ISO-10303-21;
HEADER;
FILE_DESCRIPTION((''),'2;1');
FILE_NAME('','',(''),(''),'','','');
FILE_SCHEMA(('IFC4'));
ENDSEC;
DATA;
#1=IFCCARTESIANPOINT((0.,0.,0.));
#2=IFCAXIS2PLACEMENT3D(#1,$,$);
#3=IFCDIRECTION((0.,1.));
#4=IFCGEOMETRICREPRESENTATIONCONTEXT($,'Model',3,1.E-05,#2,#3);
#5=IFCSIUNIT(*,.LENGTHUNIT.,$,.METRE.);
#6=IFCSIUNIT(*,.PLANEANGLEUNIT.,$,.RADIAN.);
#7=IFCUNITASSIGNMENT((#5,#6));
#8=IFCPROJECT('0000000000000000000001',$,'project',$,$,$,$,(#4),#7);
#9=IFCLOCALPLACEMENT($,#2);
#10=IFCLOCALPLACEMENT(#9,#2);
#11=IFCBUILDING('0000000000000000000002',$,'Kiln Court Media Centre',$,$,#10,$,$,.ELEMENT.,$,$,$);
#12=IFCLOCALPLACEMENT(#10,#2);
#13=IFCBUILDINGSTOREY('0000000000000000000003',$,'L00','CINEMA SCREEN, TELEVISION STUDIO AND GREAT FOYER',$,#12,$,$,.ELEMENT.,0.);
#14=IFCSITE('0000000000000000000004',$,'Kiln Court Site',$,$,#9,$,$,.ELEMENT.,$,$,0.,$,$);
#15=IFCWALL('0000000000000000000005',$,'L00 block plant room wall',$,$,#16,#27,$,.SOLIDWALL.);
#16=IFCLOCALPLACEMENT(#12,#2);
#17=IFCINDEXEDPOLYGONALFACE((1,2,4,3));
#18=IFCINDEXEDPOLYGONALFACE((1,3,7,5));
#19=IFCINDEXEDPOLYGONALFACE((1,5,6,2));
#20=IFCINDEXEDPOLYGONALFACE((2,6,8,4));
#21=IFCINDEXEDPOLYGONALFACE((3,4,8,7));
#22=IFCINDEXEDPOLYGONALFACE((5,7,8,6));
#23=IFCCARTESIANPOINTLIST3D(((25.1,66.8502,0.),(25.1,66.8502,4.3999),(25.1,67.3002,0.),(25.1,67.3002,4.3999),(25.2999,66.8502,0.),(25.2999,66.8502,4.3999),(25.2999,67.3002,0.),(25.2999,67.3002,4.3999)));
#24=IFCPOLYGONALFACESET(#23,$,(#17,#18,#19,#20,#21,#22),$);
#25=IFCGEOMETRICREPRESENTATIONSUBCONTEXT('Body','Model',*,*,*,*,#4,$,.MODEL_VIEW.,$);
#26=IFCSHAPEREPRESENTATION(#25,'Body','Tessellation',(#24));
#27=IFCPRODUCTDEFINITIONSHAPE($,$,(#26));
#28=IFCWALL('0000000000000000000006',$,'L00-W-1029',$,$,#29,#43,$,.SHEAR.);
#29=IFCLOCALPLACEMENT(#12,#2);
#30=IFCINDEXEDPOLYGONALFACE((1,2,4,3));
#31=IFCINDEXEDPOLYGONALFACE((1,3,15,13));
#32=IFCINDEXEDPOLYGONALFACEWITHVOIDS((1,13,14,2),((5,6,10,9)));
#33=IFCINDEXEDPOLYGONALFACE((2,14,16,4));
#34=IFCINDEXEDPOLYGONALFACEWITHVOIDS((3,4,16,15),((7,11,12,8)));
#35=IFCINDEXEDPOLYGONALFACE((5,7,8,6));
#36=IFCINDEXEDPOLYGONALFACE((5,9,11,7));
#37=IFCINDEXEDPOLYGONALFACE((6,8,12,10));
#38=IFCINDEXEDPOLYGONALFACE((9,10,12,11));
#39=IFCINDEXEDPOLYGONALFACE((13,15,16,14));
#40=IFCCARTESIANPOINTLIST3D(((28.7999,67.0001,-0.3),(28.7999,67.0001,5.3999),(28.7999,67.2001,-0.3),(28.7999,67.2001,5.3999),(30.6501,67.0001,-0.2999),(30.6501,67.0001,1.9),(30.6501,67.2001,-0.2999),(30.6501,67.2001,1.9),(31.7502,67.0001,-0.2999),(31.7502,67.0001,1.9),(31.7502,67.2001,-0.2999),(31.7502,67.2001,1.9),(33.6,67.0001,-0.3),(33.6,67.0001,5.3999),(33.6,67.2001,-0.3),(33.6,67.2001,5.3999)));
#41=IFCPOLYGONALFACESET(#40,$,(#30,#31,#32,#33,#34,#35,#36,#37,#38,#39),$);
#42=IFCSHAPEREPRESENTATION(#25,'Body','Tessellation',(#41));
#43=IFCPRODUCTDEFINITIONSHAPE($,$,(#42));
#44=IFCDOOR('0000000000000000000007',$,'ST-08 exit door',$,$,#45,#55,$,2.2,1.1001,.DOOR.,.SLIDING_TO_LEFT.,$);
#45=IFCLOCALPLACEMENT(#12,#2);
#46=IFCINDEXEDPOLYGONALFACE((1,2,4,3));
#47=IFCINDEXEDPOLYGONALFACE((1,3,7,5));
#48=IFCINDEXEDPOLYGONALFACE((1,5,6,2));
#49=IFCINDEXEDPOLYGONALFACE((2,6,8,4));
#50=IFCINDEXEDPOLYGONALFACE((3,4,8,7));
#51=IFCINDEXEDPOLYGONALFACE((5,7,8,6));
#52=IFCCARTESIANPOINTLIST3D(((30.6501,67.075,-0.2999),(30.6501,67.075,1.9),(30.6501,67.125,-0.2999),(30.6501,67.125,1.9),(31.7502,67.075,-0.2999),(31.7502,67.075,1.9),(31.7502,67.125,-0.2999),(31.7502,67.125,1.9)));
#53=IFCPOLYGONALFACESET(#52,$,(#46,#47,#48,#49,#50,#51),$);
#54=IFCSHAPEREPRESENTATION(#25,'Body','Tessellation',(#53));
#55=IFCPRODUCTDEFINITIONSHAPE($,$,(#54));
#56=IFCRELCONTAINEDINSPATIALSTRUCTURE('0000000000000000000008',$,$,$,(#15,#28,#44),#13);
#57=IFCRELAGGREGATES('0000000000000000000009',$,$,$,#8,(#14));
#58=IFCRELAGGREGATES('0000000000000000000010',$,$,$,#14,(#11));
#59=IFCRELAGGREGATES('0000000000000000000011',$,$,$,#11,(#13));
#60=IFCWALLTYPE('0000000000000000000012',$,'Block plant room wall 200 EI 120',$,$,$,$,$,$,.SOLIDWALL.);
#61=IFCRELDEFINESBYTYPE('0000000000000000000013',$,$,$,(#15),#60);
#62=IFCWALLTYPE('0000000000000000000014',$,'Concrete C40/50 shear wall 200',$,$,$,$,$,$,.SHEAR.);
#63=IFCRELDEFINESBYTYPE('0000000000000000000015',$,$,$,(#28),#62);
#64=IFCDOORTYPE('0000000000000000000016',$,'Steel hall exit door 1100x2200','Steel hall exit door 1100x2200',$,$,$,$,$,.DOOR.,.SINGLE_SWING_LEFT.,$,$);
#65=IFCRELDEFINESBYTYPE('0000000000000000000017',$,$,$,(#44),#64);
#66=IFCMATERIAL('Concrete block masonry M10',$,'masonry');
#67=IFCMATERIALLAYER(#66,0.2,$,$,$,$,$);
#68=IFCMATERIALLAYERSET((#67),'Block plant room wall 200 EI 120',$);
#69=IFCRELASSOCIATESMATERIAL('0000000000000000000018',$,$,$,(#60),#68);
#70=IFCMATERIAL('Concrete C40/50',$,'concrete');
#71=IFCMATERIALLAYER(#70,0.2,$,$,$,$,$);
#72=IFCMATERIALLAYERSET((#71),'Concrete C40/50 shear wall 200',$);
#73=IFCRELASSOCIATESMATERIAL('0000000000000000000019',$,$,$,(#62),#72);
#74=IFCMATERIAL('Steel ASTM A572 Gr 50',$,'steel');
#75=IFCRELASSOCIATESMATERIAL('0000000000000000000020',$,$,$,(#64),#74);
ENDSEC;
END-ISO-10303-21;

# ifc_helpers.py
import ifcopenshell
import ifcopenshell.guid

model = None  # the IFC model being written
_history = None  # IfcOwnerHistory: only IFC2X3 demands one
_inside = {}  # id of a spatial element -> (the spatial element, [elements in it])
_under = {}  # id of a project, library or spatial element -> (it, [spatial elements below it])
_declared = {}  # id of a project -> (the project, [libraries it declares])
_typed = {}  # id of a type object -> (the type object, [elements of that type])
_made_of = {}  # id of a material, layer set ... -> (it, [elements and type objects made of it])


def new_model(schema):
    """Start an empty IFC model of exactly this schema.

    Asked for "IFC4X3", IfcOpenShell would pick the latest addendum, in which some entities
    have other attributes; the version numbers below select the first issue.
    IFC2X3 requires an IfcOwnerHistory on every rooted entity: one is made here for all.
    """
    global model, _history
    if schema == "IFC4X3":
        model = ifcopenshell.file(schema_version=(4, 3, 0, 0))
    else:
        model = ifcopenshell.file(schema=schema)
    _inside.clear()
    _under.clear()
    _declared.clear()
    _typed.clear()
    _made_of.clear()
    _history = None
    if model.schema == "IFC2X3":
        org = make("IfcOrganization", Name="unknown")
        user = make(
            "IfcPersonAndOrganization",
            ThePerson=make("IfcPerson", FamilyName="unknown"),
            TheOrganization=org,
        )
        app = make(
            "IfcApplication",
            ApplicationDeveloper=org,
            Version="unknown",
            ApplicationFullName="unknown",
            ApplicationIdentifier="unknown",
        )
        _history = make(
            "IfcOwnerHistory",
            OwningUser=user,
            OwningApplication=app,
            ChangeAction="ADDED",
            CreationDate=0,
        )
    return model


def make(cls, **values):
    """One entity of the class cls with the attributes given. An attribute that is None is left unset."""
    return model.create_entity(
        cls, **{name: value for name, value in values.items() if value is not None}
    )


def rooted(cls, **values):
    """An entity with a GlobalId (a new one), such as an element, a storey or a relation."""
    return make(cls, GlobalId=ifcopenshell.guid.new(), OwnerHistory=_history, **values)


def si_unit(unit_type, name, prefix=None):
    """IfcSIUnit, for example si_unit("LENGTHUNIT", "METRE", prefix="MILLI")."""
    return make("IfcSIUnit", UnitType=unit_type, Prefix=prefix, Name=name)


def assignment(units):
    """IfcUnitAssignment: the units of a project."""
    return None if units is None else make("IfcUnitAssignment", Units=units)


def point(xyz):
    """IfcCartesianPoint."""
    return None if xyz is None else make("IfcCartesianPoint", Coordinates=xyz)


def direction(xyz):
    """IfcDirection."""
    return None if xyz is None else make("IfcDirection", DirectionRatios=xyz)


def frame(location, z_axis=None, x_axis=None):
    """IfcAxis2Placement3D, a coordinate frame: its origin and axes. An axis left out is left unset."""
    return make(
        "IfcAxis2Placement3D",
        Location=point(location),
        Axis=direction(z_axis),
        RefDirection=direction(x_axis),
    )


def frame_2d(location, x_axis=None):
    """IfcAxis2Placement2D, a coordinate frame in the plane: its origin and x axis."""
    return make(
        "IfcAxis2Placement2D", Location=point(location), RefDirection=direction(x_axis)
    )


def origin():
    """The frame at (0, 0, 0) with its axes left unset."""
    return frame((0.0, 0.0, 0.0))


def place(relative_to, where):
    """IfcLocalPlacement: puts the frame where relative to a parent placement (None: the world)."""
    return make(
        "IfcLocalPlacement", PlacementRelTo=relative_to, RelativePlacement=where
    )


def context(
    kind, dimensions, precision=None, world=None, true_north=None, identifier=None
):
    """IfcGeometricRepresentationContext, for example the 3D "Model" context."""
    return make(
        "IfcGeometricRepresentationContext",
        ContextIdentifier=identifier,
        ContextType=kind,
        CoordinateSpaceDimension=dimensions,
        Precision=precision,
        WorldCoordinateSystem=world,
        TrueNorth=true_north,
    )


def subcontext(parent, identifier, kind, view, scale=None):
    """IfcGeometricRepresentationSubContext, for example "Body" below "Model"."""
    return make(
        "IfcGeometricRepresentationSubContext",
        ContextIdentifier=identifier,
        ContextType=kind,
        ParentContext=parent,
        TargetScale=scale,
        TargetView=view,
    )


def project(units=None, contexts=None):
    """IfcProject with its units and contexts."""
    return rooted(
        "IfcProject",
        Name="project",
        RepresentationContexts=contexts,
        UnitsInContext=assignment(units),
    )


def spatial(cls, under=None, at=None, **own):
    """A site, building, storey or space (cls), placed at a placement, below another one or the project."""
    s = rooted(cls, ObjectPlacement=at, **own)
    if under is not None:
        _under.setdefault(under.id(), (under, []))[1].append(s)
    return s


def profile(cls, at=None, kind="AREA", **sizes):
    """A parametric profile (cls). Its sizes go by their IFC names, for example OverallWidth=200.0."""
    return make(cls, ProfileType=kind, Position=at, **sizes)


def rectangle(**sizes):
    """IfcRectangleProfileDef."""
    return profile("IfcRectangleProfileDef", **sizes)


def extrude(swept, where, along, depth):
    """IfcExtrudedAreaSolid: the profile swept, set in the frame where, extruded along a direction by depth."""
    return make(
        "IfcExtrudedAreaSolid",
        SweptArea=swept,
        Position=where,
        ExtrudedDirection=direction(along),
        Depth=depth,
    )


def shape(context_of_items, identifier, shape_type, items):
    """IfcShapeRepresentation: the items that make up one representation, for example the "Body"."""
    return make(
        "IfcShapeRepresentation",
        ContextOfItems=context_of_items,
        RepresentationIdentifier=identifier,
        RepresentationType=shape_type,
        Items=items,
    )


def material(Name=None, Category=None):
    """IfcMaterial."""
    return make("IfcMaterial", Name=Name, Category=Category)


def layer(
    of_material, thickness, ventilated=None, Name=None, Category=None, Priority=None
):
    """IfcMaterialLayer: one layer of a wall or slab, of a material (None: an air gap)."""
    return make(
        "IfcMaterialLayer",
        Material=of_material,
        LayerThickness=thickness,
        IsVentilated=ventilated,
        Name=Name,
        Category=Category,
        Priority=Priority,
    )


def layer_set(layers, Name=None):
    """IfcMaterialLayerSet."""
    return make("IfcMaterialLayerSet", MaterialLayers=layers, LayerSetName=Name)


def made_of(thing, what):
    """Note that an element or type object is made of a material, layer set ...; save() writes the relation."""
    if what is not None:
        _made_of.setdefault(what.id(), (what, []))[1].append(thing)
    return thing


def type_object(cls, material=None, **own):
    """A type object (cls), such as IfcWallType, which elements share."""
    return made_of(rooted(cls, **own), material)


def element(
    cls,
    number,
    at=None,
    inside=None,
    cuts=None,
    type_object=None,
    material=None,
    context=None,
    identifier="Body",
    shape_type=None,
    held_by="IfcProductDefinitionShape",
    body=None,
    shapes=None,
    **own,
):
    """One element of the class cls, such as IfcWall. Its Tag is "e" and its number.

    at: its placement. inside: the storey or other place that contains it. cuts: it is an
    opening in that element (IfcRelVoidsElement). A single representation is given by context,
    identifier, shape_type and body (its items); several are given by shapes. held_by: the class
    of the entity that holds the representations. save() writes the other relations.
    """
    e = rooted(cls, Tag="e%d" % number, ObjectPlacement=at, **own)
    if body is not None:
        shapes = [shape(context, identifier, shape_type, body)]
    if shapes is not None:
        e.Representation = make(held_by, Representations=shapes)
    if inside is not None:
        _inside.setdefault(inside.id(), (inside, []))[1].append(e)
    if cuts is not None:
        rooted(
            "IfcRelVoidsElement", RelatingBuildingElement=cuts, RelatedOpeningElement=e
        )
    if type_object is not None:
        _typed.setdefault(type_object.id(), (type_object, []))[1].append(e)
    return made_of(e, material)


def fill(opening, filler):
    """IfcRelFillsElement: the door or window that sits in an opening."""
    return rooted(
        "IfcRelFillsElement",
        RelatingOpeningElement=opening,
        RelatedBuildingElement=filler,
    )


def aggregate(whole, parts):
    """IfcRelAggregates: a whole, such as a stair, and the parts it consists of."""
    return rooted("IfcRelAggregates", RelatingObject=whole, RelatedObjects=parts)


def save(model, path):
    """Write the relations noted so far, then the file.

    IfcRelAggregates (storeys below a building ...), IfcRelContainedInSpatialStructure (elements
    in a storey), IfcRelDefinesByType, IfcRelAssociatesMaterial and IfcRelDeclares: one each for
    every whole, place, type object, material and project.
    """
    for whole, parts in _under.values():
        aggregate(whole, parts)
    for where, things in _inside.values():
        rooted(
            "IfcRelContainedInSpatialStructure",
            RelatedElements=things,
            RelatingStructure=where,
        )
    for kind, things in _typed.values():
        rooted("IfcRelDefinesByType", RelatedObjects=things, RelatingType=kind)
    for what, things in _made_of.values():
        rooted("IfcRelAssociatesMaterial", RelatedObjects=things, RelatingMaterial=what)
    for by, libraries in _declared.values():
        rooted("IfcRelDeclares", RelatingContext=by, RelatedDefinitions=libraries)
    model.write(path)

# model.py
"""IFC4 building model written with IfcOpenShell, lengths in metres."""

from ifc_helpers import new_model, si_unit, direction, frame, frame_2d, origin, place, context, subcontext, project, spatial, rectangle, extrude, material, layer, layer_set, type_object, element, fill, save


model = new_model("IFC4")

# Units and contexts
model_context = context("Model", 3, precision=1e-05, world=origin(), true_north=direction((0.0, 1.0)))
body_context = subcontext(model_context, "Body", "Model", "MODEL_VIEW")
ifc_project = project(units=[si_unit("LENGTHUNIT", "METRE"), si_unit("PLANEANGLEUNIT", "RADIAN")], contexts=[model_context])

# Site, building, storey
site_placement = place(None, origin())
site = spatial("IfcSite", under=ifc_project, at=site_placement, Name="Kiln Court Site", CompositionType="ELEMENT", RefElevation=0.0)
building_placement = place(site_placement, origin())
building = spatial("IfcBuilding", under=site, at=building_placement, Name="Kiln Court Media Centre", CompositionType="ELEMENT")
storey_placement = place(building_placement, origin())
storey = spatial("IfcBuildingStorey", under=building, at=storey_placement, Name="L00", Description="CINEMA SCREEN, TELEVISION STUDIO AND GREAT FOYER", CompositionType="ELEMENT", Elevation=0.0)

# Wall
ifc_material_1 = material(Name="Concrete block masonry M10", Category="masonry")
ifc_layer_1 = layer(ifc_material_1, 0.2)
ifc_layer_set_1 = layer_set([ifc_layer_1], Name="Block plant room wall 200 EI 120")
wall_type_1 = type_object("IfcWallType", Name="Block plant room wall 200 EI 120", PredefinedType="SOLIDWALL", material=ifc_layer_set_1)
wall_1_placement = place(storey_placement, frame((25.2, 66.8501, 0.0), z_axis=(0.0, 0.0, 1.0), x_axis=(0.0, 1.0, 0.0)))
element("IfcWall", 1, at=wall_1_placement, inside=storey, type_object=wall_type_1, Name="L00 block plant room wall", PredefinedType="SOLIDWALL", context=body_context, shape_type="SweptSolid", body=[
    extrude(rectangle(XDim=0.45, YDim=0.2, at=frame_2d((0.2251, 0.0))), origin(), (0.0, 0.0, 1.0), 4.3999),
])

# Wall, opening, door
ifc_material_2 = material(Name="Concrete C40/50", Category="concrete")
ifc_layer_2 = layer(ifc_material_2, 0.2)
ifc_layer_set_2 = layer_set([ifc_layer_2], Name="Concrete C40/50 shear wall 200")
wall_type_2 = type_object("IfcWallType", Name="Concrete C40/50 shear wall 200", PredefinedType="SHEAR", material=ifc_layer_set_2)
wall_2_placement = place(storey_placement, frame((28.8, 67.1001, -0.3), z_axis=(0.0, 0.0, 1.0), x_axis=(1.0, 0.0, 0.0)))
wall_2 = element("IfcWall", 2, at=wall_2_placement, inside=storey, type_object=wall_type_2, Name="L00-W-1029", PredefinedType="SHEAR", context=body_context, shape_type="SweptSolid", body=[
    extrude(rectangle(XDim=4.8, YDim=0.2, at=frame_2d((2.3999, 0.0))), origin(), (0.0, 0.0, 1.0), 5.7),
])
opening_placement = place(wall_2_placement, frame((1.8501, 0.0, 0.0)))
opening = element("IfcOpeningElement", 3, at=opening_placement, cuts=wall_2, PredefinedType="OPENING", context=body_context, shape_type="SweptSolid", body=[
    extrude(rectangle(XDim=1.1001, YDim=2.2, at=frame_2d((0.55, 1.1001))), frame((0.0, 0.1099, 0.0), z_axis=(0.0, -1.0, 0.0), x_axis=(1.0, 0.0, 0.0)), (0.0, 0.0, 1.0), 0.22),
])
ifc_material_3 = material(Name="Steel ASTM A572 Gr 50", Category="steel")
door_type = type_object("IfcDoorType", Name="Steel hall exit door 1100x2200", Description="Steel hall exit door 1100x2200", OperationType="SINGLE_SWING_LEFT", PredefinedType="DOOR", material=ifc_material_3)
door_placement = place(opening_placement, origin())
door = element("IfcDoor", 4, at=door_placement, inside=storey, type_object=door_type, Name="ST-08 exit door", OperationType="SLIDING_TO_LEFT", OverallHeight=2.2, OverallWidth=1.1001, PredefinedType="DOOR", context=body_context, shape_type="SweptSolid", body=[
    extrude(rectangle(XDim=1.1001, YDim=2.2, at=frame_2d((0.55, 1.1001))), frame((0.0, 0.0249, 0.0), z_axis=(0.0, -1.0, 0.0), x_axis=(1.0, 0.0, 0.0)), (0.0, 0.0, 1.0), 0.05),
])
fill(opening, door)

save(model, "model.ifc")
